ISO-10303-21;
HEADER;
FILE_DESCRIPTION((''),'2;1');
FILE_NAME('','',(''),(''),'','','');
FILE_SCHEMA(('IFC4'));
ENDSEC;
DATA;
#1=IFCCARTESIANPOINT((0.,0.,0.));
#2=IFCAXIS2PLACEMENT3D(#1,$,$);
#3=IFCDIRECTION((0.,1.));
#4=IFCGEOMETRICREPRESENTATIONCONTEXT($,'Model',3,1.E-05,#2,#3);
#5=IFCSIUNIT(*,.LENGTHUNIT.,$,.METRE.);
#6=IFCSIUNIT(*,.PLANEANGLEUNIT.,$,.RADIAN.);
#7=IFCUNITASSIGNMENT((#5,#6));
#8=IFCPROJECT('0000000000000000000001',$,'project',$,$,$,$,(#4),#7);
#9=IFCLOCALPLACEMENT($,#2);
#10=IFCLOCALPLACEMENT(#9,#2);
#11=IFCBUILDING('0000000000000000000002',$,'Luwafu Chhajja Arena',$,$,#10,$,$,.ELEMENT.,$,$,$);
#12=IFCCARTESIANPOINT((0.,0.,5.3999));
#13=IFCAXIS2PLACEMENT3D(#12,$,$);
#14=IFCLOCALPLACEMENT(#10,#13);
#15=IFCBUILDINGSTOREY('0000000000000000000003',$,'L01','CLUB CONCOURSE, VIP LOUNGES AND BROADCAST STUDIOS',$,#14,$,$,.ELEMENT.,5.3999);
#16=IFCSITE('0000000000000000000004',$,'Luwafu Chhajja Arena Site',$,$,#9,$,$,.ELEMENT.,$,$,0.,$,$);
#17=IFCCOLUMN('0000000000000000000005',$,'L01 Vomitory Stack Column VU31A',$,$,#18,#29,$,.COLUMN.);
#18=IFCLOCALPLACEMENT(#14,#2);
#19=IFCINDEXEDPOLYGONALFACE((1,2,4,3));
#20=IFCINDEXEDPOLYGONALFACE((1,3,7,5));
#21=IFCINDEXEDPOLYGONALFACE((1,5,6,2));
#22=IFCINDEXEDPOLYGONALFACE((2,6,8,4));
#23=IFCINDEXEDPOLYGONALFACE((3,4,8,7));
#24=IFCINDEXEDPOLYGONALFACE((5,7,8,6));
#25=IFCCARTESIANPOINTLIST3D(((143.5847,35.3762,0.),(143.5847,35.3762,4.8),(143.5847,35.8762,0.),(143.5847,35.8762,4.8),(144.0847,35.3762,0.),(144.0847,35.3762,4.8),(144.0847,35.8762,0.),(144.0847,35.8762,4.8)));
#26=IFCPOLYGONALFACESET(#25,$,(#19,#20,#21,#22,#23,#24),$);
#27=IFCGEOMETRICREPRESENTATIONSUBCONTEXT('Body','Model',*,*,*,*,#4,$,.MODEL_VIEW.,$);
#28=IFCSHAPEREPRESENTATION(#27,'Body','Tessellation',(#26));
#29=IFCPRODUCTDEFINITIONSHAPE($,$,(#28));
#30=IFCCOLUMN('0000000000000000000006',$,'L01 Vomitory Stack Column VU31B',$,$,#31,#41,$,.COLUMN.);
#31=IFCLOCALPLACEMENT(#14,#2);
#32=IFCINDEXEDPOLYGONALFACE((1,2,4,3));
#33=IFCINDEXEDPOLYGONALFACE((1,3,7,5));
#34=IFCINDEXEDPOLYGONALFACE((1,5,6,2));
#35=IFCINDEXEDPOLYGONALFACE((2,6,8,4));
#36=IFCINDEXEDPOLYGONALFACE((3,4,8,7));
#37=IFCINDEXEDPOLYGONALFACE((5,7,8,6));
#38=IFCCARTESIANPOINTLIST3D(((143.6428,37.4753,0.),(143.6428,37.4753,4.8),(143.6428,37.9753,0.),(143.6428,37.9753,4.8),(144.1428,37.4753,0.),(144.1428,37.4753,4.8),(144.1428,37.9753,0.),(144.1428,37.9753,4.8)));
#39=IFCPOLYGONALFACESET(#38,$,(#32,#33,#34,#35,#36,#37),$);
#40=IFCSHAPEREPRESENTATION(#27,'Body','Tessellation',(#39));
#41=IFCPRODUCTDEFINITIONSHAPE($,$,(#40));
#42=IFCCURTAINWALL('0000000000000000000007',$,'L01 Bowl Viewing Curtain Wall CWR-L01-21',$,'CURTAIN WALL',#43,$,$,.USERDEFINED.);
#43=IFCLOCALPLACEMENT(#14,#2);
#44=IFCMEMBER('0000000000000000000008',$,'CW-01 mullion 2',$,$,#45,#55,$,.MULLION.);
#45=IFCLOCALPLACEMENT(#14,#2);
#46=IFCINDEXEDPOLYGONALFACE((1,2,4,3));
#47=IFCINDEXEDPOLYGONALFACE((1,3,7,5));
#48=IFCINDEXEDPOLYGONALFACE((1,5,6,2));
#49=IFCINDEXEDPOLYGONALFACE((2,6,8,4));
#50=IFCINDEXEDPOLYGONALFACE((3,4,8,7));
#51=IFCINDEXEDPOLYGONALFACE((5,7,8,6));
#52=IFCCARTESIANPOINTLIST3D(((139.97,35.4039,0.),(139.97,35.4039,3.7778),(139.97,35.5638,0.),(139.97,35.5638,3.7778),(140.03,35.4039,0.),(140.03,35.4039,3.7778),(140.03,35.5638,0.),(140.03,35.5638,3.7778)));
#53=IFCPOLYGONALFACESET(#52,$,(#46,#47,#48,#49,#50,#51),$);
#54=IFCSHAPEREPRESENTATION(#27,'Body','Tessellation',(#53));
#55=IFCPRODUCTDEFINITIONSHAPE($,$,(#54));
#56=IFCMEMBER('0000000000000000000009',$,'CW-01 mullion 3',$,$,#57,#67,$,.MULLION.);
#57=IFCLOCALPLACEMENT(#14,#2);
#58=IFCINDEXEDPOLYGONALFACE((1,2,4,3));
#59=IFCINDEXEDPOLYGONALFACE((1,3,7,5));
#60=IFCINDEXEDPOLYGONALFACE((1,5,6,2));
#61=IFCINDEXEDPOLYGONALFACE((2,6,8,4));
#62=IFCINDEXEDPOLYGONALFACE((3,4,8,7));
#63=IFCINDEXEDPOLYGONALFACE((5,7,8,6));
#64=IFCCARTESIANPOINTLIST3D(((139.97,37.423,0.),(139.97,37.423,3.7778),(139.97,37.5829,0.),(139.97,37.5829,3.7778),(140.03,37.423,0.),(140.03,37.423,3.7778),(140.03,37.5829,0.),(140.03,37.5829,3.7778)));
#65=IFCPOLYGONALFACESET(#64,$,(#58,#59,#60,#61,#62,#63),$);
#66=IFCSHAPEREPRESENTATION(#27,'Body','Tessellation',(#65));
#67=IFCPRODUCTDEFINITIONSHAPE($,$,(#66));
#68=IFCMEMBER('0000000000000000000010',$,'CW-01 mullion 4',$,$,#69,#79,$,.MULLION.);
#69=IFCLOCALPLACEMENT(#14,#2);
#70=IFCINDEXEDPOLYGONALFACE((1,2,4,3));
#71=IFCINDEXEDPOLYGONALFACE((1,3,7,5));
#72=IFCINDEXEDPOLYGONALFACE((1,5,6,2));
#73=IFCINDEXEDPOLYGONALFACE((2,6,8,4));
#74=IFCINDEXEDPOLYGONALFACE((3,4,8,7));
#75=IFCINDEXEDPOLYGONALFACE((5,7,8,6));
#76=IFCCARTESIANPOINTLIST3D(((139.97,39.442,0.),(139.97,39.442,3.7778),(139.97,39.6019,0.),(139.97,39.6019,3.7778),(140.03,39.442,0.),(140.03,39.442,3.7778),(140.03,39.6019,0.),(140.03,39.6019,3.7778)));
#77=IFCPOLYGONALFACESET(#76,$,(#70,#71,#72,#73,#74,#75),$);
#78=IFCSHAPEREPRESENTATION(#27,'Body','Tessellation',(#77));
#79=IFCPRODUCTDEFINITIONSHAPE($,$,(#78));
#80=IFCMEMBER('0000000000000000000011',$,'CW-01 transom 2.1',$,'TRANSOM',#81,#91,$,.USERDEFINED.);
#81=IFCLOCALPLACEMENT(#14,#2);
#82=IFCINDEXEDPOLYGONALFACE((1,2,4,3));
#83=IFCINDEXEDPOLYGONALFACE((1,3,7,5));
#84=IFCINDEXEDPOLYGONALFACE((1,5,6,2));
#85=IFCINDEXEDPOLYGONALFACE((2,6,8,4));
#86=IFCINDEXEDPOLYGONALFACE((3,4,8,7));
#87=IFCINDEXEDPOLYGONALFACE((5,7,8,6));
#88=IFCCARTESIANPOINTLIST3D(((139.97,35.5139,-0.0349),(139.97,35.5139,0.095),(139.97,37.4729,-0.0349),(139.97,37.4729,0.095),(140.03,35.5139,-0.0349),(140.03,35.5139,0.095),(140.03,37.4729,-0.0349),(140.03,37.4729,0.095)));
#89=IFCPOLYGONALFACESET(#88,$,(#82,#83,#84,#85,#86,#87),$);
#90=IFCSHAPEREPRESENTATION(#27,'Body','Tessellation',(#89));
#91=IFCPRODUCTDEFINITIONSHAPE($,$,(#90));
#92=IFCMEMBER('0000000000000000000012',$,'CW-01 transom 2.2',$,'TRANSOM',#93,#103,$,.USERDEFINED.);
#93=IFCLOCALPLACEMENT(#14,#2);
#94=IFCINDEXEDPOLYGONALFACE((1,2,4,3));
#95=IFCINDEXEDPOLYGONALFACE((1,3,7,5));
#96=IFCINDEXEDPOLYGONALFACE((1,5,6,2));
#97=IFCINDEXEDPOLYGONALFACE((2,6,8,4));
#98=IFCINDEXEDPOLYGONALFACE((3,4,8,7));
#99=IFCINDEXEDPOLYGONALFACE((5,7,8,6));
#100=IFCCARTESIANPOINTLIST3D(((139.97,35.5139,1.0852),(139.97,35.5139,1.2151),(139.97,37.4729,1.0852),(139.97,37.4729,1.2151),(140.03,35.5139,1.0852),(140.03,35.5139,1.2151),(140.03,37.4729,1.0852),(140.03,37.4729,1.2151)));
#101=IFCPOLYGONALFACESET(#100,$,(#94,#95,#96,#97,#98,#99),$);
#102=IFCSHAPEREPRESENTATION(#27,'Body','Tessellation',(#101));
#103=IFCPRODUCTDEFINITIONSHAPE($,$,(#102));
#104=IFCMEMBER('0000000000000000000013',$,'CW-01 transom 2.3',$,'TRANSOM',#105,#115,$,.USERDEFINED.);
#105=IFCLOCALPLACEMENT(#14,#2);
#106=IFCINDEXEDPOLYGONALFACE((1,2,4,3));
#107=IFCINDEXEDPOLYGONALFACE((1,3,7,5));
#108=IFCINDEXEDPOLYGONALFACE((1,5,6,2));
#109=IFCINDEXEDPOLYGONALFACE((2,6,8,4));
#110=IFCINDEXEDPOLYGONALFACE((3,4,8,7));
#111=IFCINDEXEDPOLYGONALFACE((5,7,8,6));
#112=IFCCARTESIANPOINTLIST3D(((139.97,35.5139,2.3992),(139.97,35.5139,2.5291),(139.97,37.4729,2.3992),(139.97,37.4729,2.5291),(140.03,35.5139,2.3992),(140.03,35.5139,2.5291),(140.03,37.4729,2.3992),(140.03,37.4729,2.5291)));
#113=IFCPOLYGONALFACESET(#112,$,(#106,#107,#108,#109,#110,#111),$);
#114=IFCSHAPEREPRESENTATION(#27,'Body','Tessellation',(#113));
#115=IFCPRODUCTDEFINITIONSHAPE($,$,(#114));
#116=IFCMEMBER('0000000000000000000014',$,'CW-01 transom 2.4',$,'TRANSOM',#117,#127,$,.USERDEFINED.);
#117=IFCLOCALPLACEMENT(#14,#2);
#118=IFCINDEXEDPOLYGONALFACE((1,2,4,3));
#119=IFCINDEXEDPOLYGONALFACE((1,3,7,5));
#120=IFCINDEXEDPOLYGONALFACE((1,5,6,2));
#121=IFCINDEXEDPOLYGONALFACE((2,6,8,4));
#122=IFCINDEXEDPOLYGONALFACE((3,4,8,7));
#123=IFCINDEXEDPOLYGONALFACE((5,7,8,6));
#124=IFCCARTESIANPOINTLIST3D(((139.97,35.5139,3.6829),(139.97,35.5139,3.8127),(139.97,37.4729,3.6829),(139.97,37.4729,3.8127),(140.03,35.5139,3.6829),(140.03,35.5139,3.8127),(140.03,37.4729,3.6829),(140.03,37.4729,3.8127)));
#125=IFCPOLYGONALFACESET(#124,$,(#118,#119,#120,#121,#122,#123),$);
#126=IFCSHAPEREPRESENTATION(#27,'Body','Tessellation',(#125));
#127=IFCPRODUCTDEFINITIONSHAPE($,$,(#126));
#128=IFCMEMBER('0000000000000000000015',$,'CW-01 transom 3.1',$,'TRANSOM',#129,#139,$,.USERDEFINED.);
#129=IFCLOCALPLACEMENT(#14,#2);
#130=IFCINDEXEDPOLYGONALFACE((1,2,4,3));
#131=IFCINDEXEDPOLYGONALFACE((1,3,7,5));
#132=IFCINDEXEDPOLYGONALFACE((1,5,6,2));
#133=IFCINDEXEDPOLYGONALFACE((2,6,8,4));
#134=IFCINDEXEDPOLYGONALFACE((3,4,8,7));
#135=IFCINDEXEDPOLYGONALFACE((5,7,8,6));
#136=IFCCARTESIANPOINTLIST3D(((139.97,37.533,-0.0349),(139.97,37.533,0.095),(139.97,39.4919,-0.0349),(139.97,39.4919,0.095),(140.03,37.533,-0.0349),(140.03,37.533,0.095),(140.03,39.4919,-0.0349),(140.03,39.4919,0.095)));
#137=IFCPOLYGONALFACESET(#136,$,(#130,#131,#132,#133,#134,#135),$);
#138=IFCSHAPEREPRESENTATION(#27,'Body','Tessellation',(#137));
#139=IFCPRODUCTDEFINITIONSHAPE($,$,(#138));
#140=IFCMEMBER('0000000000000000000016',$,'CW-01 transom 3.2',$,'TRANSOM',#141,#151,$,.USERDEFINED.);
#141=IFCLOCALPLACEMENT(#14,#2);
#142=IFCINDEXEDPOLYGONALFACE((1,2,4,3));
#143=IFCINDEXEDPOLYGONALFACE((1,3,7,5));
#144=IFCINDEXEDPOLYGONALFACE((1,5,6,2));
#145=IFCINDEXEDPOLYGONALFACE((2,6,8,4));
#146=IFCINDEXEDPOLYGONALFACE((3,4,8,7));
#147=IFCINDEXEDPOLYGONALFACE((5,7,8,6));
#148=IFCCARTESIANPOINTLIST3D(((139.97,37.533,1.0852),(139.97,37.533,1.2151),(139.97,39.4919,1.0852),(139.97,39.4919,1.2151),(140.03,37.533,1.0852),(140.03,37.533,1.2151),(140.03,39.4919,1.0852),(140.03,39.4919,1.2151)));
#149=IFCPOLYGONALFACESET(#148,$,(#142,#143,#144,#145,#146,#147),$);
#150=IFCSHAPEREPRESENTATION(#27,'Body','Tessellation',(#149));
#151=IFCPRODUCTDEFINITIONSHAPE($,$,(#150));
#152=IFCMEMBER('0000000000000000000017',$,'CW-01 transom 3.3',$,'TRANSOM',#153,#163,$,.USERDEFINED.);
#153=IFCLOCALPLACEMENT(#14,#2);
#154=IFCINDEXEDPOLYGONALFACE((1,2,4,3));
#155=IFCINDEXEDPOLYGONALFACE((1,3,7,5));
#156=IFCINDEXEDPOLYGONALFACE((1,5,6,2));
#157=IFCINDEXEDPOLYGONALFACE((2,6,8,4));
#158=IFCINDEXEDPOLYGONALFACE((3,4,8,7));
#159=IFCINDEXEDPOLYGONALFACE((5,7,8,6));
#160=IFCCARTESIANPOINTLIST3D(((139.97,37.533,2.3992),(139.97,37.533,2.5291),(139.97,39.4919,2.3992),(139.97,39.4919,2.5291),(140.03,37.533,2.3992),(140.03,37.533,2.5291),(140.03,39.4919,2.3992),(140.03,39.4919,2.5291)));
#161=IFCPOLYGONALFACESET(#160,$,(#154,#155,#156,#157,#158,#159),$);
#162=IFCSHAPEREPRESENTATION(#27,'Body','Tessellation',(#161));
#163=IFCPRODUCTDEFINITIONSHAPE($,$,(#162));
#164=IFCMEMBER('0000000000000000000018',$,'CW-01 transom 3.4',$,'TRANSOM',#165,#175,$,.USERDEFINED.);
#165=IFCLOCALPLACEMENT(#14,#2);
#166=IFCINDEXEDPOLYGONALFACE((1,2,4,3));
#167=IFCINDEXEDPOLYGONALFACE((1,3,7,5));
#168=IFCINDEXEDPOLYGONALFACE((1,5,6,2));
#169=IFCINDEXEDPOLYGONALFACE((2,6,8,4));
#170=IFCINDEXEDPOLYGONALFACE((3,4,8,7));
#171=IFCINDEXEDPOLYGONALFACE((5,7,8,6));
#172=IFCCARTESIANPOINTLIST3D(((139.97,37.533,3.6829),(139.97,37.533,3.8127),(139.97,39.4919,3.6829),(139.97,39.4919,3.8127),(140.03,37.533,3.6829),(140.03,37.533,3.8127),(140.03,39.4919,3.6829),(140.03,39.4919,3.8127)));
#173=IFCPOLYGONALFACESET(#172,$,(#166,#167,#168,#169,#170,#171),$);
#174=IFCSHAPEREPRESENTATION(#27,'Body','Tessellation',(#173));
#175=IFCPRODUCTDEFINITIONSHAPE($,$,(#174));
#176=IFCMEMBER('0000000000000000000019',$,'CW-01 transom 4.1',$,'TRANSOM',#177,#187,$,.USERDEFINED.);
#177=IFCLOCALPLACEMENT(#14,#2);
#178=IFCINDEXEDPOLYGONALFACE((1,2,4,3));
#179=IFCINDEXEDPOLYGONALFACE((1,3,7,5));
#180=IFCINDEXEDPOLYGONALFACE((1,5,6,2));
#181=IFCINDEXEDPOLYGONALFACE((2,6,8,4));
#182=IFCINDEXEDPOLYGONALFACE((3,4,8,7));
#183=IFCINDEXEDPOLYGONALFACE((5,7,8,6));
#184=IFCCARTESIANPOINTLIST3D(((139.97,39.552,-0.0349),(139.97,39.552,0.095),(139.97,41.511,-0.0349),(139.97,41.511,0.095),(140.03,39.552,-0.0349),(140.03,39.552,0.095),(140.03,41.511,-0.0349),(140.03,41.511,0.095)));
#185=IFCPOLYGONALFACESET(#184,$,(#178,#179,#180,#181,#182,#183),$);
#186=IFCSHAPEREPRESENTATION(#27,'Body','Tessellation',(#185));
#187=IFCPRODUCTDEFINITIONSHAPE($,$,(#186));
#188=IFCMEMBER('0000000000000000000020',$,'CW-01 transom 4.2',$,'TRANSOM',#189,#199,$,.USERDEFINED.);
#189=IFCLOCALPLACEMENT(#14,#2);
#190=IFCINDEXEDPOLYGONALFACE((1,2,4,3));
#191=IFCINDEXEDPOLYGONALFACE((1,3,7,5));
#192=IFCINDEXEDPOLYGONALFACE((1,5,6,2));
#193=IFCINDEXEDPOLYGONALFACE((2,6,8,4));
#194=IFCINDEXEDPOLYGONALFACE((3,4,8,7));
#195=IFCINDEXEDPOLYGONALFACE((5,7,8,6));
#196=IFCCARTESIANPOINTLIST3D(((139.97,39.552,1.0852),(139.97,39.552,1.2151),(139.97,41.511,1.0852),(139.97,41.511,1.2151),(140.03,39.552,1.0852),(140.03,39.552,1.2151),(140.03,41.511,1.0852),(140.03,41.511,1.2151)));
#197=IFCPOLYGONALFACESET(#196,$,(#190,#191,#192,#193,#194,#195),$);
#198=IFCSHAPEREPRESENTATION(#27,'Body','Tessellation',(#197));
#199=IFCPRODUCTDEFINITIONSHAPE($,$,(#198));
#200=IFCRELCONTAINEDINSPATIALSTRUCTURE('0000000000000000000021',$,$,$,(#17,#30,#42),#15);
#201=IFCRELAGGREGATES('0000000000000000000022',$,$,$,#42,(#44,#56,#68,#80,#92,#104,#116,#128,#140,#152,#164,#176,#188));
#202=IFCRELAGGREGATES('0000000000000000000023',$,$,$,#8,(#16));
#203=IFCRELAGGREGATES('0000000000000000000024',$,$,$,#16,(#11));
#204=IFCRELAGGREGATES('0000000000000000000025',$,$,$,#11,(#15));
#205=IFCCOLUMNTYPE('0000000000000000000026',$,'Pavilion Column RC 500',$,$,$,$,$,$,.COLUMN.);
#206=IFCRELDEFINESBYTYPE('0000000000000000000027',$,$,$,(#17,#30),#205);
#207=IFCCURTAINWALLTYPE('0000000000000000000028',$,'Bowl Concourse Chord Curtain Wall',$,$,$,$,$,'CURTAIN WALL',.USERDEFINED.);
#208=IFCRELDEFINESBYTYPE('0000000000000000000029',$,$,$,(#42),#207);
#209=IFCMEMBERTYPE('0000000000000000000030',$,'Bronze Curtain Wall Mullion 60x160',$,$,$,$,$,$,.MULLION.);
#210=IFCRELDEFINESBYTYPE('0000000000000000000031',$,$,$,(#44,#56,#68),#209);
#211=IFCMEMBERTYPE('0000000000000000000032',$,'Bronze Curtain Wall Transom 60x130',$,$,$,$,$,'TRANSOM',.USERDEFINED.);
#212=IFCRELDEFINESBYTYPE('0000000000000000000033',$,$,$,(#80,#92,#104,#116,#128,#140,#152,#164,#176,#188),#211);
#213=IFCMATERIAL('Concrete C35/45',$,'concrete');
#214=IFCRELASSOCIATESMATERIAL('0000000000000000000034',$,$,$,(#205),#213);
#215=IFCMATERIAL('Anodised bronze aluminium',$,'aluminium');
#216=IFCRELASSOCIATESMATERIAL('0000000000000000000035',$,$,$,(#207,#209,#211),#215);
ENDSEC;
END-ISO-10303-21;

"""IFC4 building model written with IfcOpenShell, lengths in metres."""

from ifc_helpers import new_model, si_unit, direction, frame, origin, origin_2d, place, context, subcontext, project, spatial, rectangle, extrude, material, material_profile, profile_set, type_object, element, aggregate, save


model = new_model("IFC4")

# Units and contexts
model_context = context("Model", 3, precision=1e-05, world=origin(), true_north=direction((0.0, 1.0)))
body_context = subcontext(model_context, "Body", "Model", "MODEL_VIEW")
ifc_project = project(units=[si_unit("LENGTHUNIT", "METRE"), si_unit("PLANEANGLEUNIT", "RADIAN")], contexts=[model_context])

# Site, building, storey
site_placement = place(None, origin())
site = spatial("IfcSite", under=ifc_project, at=site_placement, Name="Luwafu Chhajja Arena Site", CompositionType="ELEMENT", RefElevation=0.0)
building_placement = place(site_placement, origin())
building = spatial("IfcBuilding", under=site, at=building_placement, Name="Luwafu Chhajja Arena", CompositionType="ELEMENT")
storey_placement = place(building_placement, frame((0.0, 0.0, 5.3999)))
storey = spatial("IfcBuildingStorey", under=building, at=storey_placement, Name="L01", Description="CLUB CONCOURSE, VIP LOUNGES AND BROADCAST STUDIOS", CompositionType="ELEMENT", Elevation=5.3999)

# Columns
ifc_material_1 = material(Name="Concrete C35/45", Category="concrete")
ifc_material_profile_1 = material_profile(ifc_material_1, rectangle(XDim=0.5, YDim=0.5, at=origin_2d()), Name="RC 500x500")
ifc_profile_set_1 = profile_set([ifc_material_profile_1], Name="Concrete C35/45")
column_type = type_object("IfcColumnType", Name="Pavilion Column RC 500", PredefinedType="COLUMN", material=ifc_profile_set_1)
for number, where, z_axis, x_axis, name in (
    (1, (143.8347, 35.6262, 0.0), (0.0, 0.0, 1.0), (1.0, 0.0, 0.0), "L01 Vomitory Stack Column VU31A"),
    (2, (143.8928, 37.7253, 0.0), (0.0, 0.0, 1.0), (1.0, 0.0, 0.0), "L01 Vomitory Stack Column VU31B"),
):
    element("IfcColumn", number, at=place(storey_placement, frame(where, z_axis=z_axis, x_axis=x_axis)), inside=storey, type_object=column_type, Name=name, PredefinedType="COLUMN", context=body_context, shape_type="SweptSolid", body=[
        extrude(rectangle(XDim=0.5, YDim=0.5, at=origin_2d()), origin(), (0.0, 0.0, 1.0), 4.8),
    ])

# Curtain wall, members
ifc_material_2 = material(Name="Anodised bronze aluminium", Category="aluminium")
curtain_wall_type = type_object("IfcCurtainWallType", Name="Bowl Concourse Chord Curtain Wall", ElementType="CURTAIN WALL", PredefinedType="USERDEFINED", material=ifc_material_2)
curtain_wall_placement = place(storey_placement, origin())
curtain_wall = element("IfcCurtainWall", 3, at=curtain_wall_placement, inside=storey, type_object=curtain_wall_type, Name="L01 Bowl Viewing Curtain Wall CWR-L01-21", ObjectType="CURTAIN WALL", PredefinedType="USERDEFINED")
ifc_material_profile_2 = material_profile(ifc_material_2, rectangle(XDim=0.0601, YDim=0.1599, at=origin_2d()), Name="CWM 60x160")
ifc_profile_set_2 = profile_set([ifc_material_profile_2], Name="Anodised bronze aluminium")
member_type_1 = type_object("IfcMemberType", Name="Bronze Curtain Wall Mullion 60x160", PredefinedType="MULLION", material=ifc_profile_set_2)
member_1_placement = place(storey_placement, frame((140.0, 35.4839, 0.0), z_axis=(0.0, 0.0, 1.0), x_axis=(-1.0, 0.0, 0.0)))
member_1 = element("IfcMember", 4, at=member_1_placement, type_object=member_type_1, Name="CW-01 mullion 2", PredefinedType="MULLION", context=body_context, shape_type="SweptSolid", body=[
    extrude(rectangle(XDim=0.0601, YDim=0.1599, at=origin_2d()), origin(), (0.0, 0.0, 1.0), 3.7778),
])
member_2_placement = place(storey_placement, frame((140.0, 37.5029, 0.0), z_axis=(0.0, 0.0, 1.0), x_axis=(-1.0, 0.0, 0.0)))
member_2 = element("IfcMember", 5, at=member_2_placement, type_object=member_type_1, Name="CW-01 mullion 3", PredefinedType="MULLION", context=body_context, shape_type="SweptSolid", body=[
    extrude(rectangle(XDim=0.0601, YDim=0.1599, at=origin_2d()), origin(), (0.0, 0.0, 1.0), 3.7778),
])
member_3_placement = place(storey_placement, frame((140.0, 39.522, 0.0), z_axis=(0.0, 0.0, 1.0), x_axis=(-1.0, 0.0, 0.0)))
member_3 = element("IfcMember", 6, at=member_3_placement, type_object=member_type_1, Name="CW-01 mullion 4", PredefinedType="MULLION", context=body_context, shape_type="SweptSolid", body=[
    extrude(rectangle(XDim=0.0601, YDim=0.1599, at=origin_2d()), origin(), (0.0, 0.0, 1.0), 3.7778),
])
ifc_material_profile_3 = material_profile(ifc_material_2, rectangle(XDim=0.0601, YDim=0.1299, at=origin_2d()), Name="CWT 60x130")
ifc_profile_set_3 = profile_set([ifc_material_profile_3], Name="Anodised bronze aluminium")
member_type_2 = type_object("IfcMemberType", Name="Bronze Curtain Wall Transom 60x130", ElementType="TRANSOM", PredefinedType="USERDEFINED", material=ifc_profile_set_3)
member_4_placement = place(storey_placement, frame((140.0, 35.5139, 0.03), z_axis=(0.0, 1.0, 0.0), x_axis=(-1.0, 0.0, 0.0)))
member_4 = element("IfcMember", 7, at=member_4_placement, type_object=member_type_2, Name="CW-01 transom 2.1", ObjectType="TRANSOM", PredefinedType="USERDEFINED", context=body_context, shape_type="SweptSolid", body=[
    extrude(rectangle(XDim=0.0601, YDim=0.1299, at=origin_2d()), origin(), (0.0, 0.0, 1.0), 1.959),
])
member_5_placement = place(storey_placement, frame((140.0, 35.5139, 1.1501), z_axis=(0.0, 1.0, 0.0), x_axis=(-1.0, 0.0, 0.0)))
member_5 = element("IfcMember", 8, at=member_5_placement, type_object=member_type_2, Name="CW-01 transom 2.2", ObjectType="TRANSOM", PredefinedType="USERDEFINED", context=body_context, shape_type="SweptSolid", body=[
    extrude(rectangle(XDim=0.0601, YDim=0.1299, at=origin_2d()), origin(), (0.0, 0.0, 1.0), 1.959),
])
member_6_placement = place(storey_placement, frame((140.0, 35.5139, 2.4641), z_axis=(0.0, 1.0, 0.0), x_axis=(-1.0, 0.0, 0.0)))
member_6 = element("IfcMember", 9, at=member_6_placement, type_object=member_type_2, Name="CW-01 transom 2.3", ObjectType="TRANSOM", PredefinedType="USERDEFINED", context=body_context, shape_type="SweptSolid", body=[
    extrude(rectangle(XDim=0.0601, YDim=0.1299, at=origin_2d()), origin(), (0.0, 0.0, 1.0), 1.959),
])
member_7_placement = place(storey_placement, frame((140.0, 35.5139, 3.7478), z_axis=(0.0, 1.0, 0.0), x_axis=(-1.0, 0.0, 0.0)))
member_7 = element("IfcMember", 10, at=member_7_placement, type_object=member_type_2, Name="CW-01 transom 2.4", ObjectType="TRANSOM", PredefinedType="USERDEFINED", context=body_context, shape_type="SweptSolid", body=[
    extrude(rectangle(XDim=0.0601, YDim=0.1299, at=origin_2d()), origin(), (0.0, 0.0, 1.0), 1.959),
])
member_8_placement = place(storey_placement, frame((140.0, 37.533, 0.03), z_axis=(0.0, 1.0, 0.0), x_axis=(-1.0, 0.0, 0.0)))
member_8 = element("IfcMember", 11, at=member_8_placement, type_object=member_type_2, Name="CW-01 transom 3.1", ObjectType="TRANSOM", PredefinedType="USERDEFINED", context=body_context, shape_type="SweptSolid", body=[
    extrude(rectangle(XDim=0.0601, YDim=0.1299, at=origin_2d()), origin(), (0.0, 0.0, 1.0), 1.959),
])
member_9_placement = place(storey_placement, frame((140.0, 37.533, 1.1501), z_axis=(0.0, 1.0, 0.0), x_axis=(-1.0, 0.0, 0.0)))
member_9 = element("IfcMember", 12, at=member_9_placement, type_object=member_type_2, Name="CW-01 transom 3.2", ObjectType="TRANSOM", PredefinedType="USERDEFINED", context=body_context, shape_type="SweptSolid", body=[
    extrude(rectangle(XDim=0.0601, YDim=0.1299, at=origin_2d()), origin(), (0.0, 0.0, 1.0), 1.959),
])
member_10_placement = place(storey_placement, frame((140.0, 37.533, 2.4641), z_axis=(0.0, 1.0, 0.0), x_axis=(-1.0, 0.0, 0.0)))
member_10 = element("IfcMember", 13, at=member_10_placement, type_object=member_type_2, Name="CW-01 transom 3.3", ObjectType="TRANSOM", PredefinedType="USERDEFINED", context=body_context, shape_type="SweptSolid", body=[
    extrude(rectangle(XDim=0.0601, YDim=0.1299, at=origin_2d()), origin(), (0.0, 0.0, 1.0), 1.959),
])
member_11_placement = place(storey_placement, frame((140.0, 37.533, 3.7478), z_axis=(0.0, 1.0, 0.0), x_axis=(-1.0, 0.0, 0.0)))
member_11 = element("IfcMember", 14, at=member_11_placement, type_object=member_type_2, Name="CW-01 transom 3.4", ObjectType="TRANSOM", PredefinedType="USERDEFINED", context=body_context, shape_type="SweptSolid", body=[
    extrude(rectangle(XDim=0.0601, YDim=0.1299, at=origin_2d()), origin(), (0.0, 0.0, 1.0), 1.959),
])
member_12_placement = place(storey_placement, frame((140.0, 39.552, 0.03), z_axis=(0.0, 1.0, 0.0), x_axis=(-1.0, 0.0, 0.0)))
member_12 = element("IfcMember", 15, at=member_12_placement, type_object=member_type_2, Name="CW-01 transom 4.1", ObjectType="TRANSOM", PredefinedType="USERDEFINED", context=body_context, shape_type="SweptSolid", body=[
    extrude(rectangle(XDim=0.0601, YDim=0.1299, at=origin_2d()), origin(), (0.0, 0.0, 1.0), 1.959),
])
member_13_placement = place(storey_placement, frame((140.0, 39.552, 1.1501), z_axis=(0.0, 1.0, 0.0), x_axis=(-1.0, 0.0, 0.0)))
member_13 = element("IfcMember", 16, at=member_13_placement, type_object=member_type_2, Name="CW-01 transom 4.2", ObjectType="TRANSOM", PredefinedType="USERDEFINED", context=body_context, shape_type="SweptSolid", body=[
    extrude(rectangle(XDim=0.0601, YDim=0.1299, at=origin_2d()), origin(), (0.0, 0.0, 1.0), 1.959),
])
aggregate(curtain_wall, [member_1, member_2, member_3, member_4, member_5, member_6, member_7, member_8, member_9, member_10, member_11, member_12, member_13])

save(model, "model.ifc")
